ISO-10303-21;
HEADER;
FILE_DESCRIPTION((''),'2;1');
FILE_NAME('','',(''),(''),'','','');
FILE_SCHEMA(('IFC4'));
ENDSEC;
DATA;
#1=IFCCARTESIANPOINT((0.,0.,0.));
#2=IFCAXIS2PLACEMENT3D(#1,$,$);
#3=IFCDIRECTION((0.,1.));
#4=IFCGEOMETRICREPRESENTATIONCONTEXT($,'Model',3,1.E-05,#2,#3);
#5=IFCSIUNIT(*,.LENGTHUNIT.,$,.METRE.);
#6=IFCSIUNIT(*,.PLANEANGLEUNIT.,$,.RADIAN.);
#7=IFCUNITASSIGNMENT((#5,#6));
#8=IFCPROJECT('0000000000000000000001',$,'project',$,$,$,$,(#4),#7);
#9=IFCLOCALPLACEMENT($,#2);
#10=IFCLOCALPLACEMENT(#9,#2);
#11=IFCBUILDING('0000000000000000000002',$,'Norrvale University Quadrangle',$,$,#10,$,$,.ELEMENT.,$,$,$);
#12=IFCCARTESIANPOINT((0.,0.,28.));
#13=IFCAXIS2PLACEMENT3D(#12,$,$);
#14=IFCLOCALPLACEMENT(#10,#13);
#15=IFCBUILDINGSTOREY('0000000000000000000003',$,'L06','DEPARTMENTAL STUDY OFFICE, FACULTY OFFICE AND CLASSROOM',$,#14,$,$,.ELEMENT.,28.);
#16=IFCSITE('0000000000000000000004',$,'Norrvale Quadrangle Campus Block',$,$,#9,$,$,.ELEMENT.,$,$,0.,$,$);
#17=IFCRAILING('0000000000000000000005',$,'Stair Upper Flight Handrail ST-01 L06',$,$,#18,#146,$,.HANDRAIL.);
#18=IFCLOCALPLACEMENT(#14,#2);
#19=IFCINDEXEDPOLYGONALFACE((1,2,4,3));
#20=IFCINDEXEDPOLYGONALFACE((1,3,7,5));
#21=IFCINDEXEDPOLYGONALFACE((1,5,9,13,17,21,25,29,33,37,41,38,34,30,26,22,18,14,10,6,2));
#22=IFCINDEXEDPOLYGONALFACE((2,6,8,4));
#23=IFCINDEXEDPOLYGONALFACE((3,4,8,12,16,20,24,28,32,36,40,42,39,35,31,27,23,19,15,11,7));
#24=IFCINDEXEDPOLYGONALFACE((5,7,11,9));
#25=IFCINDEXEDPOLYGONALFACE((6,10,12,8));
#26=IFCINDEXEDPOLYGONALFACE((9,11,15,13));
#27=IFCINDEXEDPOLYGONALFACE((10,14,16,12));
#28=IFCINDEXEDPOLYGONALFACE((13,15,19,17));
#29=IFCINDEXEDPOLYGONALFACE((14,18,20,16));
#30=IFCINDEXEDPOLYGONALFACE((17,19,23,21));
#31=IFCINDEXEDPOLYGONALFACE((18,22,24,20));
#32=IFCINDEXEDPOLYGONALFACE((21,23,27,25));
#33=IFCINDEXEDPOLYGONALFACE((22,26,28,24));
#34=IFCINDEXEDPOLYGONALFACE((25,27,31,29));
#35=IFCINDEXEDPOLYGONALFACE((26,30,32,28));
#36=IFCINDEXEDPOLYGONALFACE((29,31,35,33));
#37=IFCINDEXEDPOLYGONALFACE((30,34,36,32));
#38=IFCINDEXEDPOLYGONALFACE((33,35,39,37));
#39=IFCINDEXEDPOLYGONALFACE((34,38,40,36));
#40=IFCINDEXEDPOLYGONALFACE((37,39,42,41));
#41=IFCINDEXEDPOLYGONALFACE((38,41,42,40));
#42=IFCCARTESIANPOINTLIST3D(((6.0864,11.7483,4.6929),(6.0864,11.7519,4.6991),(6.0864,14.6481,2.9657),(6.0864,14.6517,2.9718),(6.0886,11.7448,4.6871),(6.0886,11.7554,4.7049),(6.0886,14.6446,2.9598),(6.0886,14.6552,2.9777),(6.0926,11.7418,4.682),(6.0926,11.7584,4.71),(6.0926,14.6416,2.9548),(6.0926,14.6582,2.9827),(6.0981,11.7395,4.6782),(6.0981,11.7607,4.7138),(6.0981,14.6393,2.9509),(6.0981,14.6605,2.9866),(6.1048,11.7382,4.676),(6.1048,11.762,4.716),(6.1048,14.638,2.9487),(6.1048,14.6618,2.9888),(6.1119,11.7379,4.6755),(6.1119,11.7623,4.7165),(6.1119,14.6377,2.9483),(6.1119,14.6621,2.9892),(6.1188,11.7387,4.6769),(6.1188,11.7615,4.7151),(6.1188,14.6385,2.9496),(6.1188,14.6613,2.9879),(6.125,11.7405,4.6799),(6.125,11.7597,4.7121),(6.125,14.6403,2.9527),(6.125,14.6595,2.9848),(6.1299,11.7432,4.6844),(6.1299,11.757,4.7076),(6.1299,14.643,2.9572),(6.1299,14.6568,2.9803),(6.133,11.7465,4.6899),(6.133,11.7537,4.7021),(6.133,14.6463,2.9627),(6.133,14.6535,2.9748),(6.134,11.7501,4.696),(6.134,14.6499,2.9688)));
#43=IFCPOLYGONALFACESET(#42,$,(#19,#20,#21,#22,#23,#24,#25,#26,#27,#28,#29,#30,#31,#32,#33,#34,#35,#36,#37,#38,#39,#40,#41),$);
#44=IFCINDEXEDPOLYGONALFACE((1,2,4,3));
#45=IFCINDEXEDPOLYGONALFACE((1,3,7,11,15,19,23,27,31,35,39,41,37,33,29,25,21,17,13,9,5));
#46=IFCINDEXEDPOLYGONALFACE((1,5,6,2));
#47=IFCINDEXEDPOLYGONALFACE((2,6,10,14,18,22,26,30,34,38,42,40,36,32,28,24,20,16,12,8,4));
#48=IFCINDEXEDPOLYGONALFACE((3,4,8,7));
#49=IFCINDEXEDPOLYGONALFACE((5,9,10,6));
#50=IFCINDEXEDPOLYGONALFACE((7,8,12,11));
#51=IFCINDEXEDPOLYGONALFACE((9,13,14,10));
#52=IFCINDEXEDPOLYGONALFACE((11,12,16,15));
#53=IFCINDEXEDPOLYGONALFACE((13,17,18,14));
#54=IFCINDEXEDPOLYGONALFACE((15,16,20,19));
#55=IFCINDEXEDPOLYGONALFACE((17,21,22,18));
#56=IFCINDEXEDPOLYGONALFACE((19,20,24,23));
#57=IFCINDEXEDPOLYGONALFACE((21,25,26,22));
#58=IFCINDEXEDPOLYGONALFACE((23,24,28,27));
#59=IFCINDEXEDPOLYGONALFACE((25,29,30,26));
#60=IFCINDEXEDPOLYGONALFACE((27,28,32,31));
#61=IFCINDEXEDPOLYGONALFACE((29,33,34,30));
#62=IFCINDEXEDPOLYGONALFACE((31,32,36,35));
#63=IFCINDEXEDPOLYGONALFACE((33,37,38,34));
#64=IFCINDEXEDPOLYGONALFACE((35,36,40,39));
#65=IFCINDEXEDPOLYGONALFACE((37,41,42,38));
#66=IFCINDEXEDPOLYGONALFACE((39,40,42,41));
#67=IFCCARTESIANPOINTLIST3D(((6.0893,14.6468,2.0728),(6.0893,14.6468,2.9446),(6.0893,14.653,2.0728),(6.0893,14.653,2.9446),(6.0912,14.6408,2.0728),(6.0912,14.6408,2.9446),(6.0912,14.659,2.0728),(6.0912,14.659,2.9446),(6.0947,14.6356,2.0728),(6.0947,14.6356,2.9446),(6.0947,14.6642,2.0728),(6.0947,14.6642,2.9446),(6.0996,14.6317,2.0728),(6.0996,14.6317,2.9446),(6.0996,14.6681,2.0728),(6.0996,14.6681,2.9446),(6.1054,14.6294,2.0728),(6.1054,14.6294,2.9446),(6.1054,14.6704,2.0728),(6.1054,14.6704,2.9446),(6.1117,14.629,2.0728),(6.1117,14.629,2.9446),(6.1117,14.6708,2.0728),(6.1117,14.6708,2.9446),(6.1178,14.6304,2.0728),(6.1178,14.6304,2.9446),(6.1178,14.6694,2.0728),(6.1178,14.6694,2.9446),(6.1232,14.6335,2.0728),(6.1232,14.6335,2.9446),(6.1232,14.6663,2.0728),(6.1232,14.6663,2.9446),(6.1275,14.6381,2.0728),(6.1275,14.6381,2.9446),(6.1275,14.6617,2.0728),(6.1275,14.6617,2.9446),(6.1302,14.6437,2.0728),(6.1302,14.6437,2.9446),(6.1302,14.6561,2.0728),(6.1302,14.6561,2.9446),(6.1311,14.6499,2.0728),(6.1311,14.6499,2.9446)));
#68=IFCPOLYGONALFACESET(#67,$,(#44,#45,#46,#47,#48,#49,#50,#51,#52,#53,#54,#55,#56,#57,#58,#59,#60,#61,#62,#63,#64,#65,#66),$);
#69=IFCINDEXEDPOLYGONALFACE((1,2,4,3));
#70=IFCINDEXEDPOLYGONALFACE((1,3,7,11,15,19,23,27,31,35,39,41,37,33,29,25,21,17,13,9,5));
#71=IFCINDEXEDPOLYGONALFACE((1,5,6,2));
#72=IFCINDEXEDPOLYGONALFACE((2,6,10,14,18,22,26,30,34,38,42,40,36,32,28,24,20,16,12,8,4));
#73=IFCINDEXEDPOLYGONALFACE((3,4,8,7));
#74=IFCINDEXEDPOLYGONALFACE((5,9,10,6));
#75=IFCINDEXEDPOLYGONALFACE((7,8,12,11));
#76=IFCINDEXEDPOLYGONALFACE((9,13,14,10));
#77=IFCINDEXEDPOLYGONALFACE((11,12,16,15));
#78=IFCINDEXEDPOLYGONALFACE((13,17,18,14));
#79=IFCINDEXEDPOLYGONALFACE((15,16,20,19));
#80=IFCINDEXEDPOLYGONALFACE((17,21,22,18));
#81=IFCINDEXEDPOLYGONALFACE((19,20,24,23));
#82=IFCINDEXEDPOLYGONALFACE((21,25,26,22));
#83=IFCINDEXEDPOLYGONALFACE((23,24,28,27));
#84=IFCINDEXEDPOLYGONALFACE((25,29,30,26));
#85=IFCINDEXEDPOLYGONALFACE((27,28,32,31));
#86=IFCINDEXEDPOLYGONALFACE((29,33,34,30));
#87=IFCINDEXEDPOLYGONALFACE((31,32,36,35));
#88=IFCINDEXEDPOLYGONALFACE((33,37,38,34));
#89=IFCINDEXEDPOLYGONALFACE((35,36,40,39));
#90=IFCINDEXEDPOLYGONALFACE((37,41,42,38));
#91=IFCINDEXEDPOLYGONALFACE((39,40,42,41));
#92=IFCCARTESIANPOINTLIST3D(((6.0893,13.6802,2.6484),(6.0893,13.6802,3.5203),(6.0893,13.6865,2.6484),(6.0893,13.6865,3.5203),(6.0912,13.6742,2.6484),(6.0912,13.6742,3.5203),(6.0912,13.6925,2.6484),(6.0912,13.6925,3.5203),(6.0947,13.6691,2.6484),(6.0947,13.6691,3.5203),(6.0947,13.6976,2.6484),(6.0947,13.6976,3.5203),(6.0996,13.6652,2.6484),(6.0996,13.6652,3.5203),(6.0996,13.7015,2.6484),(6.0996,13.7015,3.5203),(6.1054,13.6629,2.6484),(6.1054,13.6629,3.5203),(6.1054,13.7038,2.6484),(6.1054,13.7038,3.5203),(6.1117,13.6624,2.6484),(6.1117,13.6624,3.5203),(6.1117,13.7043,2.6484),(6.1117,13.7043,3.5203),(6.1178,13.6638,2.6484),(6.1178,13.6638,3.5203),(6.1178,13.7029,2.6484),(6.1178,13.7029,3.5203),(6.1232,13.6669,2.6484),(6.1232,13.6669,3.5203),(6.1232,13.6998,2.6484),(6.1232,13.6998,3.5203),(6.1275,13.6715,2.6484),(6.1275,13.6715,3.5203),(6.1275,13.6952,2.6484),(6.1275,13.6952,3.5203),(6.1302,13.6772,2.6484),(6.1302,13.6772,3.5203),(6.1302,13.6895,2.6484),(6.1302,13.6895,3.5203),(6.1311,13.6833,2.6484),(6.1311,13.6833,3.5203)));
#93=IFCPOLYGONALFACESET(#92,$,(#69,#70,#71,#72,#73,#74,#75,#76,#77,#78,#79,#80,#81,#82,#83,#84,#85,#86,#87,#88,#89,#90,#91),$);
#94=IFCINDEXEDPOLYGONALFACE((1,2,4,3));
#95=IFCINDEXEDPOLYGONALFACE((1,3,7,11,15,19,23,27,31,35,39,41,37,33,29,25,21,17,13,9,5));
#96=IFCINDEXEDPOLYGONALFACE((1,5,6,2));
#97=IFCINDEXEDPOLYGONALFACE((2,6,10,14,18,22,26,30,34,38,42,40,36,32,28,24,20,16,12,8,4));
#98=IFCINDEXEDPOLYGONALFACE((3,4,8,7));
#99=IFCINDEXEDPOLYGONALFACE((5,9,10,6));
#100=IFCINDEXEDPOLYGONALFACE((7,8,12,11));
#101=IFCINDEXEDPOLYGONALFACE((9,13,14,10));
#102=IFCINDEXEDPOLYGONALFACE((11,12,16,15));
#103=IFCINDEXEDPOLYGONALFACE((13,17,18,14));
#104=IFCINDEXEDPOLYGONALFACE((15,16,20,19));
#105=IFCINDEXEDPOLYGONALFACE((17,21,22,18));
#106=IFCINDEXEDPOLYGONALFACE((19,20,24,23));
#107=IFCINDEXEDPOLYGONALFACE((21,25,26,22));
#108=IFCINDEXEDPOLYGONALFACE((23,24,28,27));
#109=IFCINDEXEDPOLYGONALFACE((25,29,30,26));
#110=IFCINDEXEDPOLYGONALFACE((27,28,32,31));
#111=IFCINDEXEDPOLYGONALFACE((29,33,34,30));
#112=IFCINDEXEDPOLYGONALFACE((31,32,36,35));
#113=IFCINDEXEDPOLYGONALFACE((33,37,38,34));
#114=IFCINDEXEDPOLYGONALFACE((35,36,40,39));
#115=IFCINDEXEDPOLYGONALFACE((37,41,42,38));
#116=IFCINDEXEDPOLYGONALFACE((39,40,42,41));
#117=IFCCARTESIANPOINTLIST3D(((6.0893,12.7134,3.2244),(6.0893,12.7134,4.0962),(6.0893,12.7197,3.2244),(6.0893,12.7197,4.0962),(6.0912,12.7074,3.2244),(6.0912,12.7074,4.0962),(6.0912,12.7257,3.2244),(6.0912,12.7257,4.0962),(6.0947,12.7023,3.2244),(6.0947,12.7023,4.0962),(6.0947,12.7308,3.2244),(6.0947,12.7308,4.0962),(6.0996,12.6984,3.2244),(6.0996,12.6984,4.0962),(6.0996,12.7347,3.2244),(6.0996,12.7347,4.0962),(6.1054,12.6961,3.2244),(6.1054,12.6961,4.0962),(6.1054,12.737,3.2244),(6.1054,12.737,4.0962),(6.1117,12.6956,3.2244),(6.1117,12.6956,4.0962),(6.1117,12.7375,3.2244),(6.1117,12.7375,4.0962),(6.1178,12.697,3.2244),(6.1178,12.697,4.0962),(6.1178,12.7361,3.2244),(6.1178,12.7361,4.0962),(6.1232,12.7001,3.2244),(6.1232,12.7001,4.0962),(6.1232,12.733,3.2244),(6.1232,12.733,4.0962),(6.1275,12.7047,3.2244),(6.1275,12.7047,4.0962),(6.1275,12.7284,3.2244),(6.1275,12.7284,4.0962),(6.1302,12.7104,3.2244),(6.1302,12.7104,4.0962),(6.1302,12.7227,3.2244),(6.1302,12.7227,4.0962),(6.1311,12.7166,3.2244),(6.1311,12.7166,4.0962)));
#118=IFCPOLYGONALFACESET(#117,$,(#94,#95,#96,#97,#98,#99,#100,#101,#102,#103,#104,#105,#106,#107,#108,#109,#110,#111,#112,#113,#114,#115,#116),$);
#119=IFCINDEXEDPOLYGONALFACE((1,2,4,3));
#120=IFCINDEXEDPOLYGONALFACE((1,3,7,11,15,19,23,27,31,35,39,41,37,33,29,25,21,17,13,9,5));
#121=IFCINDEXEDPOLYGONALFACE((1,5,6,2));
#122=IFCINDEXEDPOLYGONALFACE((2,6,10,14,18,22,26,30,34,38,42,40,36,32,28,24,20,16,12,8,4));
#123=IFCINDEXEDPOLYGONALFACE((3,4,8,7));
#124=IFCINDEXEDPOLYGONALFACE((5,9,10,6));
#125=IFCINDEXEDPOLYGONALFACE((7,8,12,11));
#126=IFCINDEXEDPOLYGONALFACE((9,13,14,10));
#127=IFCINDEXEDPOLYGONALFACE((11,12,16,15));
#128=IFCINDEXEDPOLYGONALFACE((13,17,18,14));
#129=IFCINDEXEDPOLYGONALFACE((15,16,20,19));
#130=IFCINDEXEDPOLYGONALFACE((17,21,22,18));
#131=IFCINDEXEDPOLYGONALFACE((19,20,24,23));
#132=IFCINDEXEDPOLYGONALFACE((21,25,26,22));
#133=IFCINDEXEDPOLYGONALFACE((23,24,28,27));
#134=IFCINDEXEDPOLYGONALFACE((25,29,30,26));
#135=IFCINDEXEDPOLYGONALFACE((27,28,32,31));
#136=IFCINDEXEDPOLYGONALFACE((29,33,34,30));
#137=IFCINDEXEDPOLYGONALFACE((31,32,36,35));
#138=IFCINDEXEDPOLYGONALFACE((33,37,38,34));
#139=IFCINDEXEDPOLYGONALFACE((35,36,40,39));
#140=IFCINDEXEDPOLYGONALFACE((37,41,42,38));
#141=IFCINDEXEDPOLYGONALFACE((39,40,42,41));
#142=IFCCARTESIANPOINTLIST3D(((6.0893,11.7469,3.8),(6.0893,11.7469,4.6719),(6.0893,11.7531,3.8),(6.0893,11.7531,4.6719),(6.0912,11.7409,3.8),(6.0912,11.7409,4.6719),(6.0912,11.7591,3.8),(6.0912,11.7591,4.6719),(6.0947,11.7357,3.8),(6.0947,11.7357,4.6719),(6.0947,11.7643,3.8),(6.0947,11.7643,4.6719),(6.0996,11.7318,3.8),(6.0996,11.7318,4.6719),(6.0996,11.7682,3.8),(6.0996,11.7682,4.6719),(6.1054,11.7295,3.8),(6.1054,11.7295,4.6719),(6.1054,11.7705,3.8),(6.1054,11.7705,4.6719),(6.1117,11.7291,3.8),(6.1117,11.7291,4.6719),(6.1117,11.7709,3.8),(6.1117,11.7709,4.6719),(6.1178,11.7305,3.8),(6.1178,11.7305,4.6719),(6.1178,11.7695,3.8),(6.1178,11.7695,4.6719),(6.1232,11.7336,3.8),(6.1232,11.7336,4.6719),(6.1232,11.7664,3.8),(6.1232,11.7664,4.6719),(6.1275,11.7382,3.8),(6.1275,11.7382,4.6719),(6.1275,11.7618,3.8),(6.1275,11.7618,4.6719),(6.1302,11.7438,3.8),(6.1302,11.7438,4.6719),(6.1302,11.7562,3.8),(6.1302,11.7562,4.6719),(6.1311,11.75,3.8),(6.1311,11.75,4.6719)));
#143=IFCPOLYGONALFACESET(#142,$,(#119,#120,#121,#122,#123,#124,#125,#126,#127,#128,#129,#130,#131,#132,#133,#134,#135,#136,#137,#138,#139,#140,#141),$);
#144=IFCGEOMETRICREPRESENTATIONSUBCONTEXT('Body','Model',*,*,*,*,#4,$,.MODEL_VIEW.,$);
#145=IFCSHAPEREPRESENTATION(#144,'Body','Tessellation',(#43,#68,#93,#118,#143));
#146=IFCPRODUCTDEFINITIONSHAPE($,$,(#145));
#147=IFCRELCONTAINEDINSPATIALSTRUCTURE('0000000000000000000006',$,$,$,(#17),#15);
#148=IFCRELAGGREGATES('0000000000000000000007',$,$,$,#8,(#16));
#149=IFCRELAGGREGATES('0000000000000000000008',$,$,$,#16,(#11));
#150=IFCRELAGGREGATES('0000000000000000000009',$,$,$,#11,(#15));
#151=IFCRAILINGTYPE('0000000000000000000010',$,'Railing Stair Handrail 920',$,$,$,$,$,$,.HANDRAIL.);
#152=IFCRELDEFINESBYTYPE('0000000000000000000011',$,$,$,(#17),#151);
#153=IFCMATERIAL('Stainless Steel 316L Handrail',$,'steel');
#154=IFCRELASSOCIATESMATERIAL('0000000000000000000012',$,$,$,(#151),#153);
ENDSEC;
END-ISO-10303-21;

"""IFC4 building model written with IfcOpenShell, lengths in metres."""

from ifc_helpers import new_model, si_unit, direction, frame, origin, origin_2d, place, context, subcontext, project, spatial, circle, extrude, material, type_object, element, save


model = new_model("IFC4")

# Units and contexts
model_context = context("Model", 3, precision=1e-05, world=origin(), true_north=direction((0.0, 1.0)))
body_context = subcontext(model_context, "Body", "Model", "MODEL_VIEW")
ifc_project = project(units=[si_unit("LENGTHUNIT", "METRE"), si_unit("PLANEANGLEUNIT", "RADIAN")], contexts=[model_context])

# Site, building, storey
site_placement = place(None, origin())
site = spatial("IfcSite", under=ifc_project, at=site_placement, Name="Norrvale Quadrangle Campus Block", CompositionType="ELEMENT", RefElevation=0.0)
building_placement = place(site_placement, origin())
building = spatial("IfcBuilding", under=site, at=building_placement, Name="Norrvale University Quadrangle", CompositionType="ELEMENT")
storey_placement = place(building_placement, frame((0.0, 0.0, 28.0)))
storey = spatial("IfcBuildingStorey", under=building, at=storey_placement, Name="L06", Description="DEPARTMENTAL STUDY OFFICE, FACULTY OFFICE AND CLASSROOM", CompositionType="ELEMENT", Elevation=28.0)

# Railing
ifc_material_1 = material(Name="Stainless Steel 316L Handrail", Category="steel")
railing_type_1 = type_object("IfcRailingType", Name="Railing Stair Handrail 920", PredefinedType="HANDRAIL", material=ifc_material_1)
railing_1_placement = place(storey_placement, frame((6.1101, 14.6499, 2.0728)))
element("IfcRailing", 1, at=railing_1_placement, inside=storey, type_object=railing_type_1, Name="Stair Upper Flight Handrail ST-01 L06", PredefinedType="HANDRAIL", context=body_context, shape_type="SweptSolid", body=[
    extrude(circle(Radius=0.0239, at=origin_2d()), frame((0.0, 0.0, 0.896), z_axis=(0.0, -0.859141, 0.511738), x_axis=(1.0, 0.0, 0.0)), (0.0, 0.0, 1.0), 3.3752),
    extrude(circle(Radius=0.021, at=origin_2d()), origin(), (0.0, 0.0, 1.0), 0.8718),
    extrude(circle(Radius=0.021, at=origin_2d()), frame((0.0, -0.9666, 0.5757)), (0.0, 0.0, 1.0), 0.8718),
    extrude(circle(Radius=0.021, at=origin_2d()), frame((0.0, -1.9333, 1.1516)), (0.0, 0.0, 1.0), 0.8718),
    extrude(circle(Radius=0.021, at=origin_2d()), frame((0.0, -2.8999, 1.7273)), (0.0, 0.0, 1.0), 0.8718),
])

save(model, "model.ifc")
